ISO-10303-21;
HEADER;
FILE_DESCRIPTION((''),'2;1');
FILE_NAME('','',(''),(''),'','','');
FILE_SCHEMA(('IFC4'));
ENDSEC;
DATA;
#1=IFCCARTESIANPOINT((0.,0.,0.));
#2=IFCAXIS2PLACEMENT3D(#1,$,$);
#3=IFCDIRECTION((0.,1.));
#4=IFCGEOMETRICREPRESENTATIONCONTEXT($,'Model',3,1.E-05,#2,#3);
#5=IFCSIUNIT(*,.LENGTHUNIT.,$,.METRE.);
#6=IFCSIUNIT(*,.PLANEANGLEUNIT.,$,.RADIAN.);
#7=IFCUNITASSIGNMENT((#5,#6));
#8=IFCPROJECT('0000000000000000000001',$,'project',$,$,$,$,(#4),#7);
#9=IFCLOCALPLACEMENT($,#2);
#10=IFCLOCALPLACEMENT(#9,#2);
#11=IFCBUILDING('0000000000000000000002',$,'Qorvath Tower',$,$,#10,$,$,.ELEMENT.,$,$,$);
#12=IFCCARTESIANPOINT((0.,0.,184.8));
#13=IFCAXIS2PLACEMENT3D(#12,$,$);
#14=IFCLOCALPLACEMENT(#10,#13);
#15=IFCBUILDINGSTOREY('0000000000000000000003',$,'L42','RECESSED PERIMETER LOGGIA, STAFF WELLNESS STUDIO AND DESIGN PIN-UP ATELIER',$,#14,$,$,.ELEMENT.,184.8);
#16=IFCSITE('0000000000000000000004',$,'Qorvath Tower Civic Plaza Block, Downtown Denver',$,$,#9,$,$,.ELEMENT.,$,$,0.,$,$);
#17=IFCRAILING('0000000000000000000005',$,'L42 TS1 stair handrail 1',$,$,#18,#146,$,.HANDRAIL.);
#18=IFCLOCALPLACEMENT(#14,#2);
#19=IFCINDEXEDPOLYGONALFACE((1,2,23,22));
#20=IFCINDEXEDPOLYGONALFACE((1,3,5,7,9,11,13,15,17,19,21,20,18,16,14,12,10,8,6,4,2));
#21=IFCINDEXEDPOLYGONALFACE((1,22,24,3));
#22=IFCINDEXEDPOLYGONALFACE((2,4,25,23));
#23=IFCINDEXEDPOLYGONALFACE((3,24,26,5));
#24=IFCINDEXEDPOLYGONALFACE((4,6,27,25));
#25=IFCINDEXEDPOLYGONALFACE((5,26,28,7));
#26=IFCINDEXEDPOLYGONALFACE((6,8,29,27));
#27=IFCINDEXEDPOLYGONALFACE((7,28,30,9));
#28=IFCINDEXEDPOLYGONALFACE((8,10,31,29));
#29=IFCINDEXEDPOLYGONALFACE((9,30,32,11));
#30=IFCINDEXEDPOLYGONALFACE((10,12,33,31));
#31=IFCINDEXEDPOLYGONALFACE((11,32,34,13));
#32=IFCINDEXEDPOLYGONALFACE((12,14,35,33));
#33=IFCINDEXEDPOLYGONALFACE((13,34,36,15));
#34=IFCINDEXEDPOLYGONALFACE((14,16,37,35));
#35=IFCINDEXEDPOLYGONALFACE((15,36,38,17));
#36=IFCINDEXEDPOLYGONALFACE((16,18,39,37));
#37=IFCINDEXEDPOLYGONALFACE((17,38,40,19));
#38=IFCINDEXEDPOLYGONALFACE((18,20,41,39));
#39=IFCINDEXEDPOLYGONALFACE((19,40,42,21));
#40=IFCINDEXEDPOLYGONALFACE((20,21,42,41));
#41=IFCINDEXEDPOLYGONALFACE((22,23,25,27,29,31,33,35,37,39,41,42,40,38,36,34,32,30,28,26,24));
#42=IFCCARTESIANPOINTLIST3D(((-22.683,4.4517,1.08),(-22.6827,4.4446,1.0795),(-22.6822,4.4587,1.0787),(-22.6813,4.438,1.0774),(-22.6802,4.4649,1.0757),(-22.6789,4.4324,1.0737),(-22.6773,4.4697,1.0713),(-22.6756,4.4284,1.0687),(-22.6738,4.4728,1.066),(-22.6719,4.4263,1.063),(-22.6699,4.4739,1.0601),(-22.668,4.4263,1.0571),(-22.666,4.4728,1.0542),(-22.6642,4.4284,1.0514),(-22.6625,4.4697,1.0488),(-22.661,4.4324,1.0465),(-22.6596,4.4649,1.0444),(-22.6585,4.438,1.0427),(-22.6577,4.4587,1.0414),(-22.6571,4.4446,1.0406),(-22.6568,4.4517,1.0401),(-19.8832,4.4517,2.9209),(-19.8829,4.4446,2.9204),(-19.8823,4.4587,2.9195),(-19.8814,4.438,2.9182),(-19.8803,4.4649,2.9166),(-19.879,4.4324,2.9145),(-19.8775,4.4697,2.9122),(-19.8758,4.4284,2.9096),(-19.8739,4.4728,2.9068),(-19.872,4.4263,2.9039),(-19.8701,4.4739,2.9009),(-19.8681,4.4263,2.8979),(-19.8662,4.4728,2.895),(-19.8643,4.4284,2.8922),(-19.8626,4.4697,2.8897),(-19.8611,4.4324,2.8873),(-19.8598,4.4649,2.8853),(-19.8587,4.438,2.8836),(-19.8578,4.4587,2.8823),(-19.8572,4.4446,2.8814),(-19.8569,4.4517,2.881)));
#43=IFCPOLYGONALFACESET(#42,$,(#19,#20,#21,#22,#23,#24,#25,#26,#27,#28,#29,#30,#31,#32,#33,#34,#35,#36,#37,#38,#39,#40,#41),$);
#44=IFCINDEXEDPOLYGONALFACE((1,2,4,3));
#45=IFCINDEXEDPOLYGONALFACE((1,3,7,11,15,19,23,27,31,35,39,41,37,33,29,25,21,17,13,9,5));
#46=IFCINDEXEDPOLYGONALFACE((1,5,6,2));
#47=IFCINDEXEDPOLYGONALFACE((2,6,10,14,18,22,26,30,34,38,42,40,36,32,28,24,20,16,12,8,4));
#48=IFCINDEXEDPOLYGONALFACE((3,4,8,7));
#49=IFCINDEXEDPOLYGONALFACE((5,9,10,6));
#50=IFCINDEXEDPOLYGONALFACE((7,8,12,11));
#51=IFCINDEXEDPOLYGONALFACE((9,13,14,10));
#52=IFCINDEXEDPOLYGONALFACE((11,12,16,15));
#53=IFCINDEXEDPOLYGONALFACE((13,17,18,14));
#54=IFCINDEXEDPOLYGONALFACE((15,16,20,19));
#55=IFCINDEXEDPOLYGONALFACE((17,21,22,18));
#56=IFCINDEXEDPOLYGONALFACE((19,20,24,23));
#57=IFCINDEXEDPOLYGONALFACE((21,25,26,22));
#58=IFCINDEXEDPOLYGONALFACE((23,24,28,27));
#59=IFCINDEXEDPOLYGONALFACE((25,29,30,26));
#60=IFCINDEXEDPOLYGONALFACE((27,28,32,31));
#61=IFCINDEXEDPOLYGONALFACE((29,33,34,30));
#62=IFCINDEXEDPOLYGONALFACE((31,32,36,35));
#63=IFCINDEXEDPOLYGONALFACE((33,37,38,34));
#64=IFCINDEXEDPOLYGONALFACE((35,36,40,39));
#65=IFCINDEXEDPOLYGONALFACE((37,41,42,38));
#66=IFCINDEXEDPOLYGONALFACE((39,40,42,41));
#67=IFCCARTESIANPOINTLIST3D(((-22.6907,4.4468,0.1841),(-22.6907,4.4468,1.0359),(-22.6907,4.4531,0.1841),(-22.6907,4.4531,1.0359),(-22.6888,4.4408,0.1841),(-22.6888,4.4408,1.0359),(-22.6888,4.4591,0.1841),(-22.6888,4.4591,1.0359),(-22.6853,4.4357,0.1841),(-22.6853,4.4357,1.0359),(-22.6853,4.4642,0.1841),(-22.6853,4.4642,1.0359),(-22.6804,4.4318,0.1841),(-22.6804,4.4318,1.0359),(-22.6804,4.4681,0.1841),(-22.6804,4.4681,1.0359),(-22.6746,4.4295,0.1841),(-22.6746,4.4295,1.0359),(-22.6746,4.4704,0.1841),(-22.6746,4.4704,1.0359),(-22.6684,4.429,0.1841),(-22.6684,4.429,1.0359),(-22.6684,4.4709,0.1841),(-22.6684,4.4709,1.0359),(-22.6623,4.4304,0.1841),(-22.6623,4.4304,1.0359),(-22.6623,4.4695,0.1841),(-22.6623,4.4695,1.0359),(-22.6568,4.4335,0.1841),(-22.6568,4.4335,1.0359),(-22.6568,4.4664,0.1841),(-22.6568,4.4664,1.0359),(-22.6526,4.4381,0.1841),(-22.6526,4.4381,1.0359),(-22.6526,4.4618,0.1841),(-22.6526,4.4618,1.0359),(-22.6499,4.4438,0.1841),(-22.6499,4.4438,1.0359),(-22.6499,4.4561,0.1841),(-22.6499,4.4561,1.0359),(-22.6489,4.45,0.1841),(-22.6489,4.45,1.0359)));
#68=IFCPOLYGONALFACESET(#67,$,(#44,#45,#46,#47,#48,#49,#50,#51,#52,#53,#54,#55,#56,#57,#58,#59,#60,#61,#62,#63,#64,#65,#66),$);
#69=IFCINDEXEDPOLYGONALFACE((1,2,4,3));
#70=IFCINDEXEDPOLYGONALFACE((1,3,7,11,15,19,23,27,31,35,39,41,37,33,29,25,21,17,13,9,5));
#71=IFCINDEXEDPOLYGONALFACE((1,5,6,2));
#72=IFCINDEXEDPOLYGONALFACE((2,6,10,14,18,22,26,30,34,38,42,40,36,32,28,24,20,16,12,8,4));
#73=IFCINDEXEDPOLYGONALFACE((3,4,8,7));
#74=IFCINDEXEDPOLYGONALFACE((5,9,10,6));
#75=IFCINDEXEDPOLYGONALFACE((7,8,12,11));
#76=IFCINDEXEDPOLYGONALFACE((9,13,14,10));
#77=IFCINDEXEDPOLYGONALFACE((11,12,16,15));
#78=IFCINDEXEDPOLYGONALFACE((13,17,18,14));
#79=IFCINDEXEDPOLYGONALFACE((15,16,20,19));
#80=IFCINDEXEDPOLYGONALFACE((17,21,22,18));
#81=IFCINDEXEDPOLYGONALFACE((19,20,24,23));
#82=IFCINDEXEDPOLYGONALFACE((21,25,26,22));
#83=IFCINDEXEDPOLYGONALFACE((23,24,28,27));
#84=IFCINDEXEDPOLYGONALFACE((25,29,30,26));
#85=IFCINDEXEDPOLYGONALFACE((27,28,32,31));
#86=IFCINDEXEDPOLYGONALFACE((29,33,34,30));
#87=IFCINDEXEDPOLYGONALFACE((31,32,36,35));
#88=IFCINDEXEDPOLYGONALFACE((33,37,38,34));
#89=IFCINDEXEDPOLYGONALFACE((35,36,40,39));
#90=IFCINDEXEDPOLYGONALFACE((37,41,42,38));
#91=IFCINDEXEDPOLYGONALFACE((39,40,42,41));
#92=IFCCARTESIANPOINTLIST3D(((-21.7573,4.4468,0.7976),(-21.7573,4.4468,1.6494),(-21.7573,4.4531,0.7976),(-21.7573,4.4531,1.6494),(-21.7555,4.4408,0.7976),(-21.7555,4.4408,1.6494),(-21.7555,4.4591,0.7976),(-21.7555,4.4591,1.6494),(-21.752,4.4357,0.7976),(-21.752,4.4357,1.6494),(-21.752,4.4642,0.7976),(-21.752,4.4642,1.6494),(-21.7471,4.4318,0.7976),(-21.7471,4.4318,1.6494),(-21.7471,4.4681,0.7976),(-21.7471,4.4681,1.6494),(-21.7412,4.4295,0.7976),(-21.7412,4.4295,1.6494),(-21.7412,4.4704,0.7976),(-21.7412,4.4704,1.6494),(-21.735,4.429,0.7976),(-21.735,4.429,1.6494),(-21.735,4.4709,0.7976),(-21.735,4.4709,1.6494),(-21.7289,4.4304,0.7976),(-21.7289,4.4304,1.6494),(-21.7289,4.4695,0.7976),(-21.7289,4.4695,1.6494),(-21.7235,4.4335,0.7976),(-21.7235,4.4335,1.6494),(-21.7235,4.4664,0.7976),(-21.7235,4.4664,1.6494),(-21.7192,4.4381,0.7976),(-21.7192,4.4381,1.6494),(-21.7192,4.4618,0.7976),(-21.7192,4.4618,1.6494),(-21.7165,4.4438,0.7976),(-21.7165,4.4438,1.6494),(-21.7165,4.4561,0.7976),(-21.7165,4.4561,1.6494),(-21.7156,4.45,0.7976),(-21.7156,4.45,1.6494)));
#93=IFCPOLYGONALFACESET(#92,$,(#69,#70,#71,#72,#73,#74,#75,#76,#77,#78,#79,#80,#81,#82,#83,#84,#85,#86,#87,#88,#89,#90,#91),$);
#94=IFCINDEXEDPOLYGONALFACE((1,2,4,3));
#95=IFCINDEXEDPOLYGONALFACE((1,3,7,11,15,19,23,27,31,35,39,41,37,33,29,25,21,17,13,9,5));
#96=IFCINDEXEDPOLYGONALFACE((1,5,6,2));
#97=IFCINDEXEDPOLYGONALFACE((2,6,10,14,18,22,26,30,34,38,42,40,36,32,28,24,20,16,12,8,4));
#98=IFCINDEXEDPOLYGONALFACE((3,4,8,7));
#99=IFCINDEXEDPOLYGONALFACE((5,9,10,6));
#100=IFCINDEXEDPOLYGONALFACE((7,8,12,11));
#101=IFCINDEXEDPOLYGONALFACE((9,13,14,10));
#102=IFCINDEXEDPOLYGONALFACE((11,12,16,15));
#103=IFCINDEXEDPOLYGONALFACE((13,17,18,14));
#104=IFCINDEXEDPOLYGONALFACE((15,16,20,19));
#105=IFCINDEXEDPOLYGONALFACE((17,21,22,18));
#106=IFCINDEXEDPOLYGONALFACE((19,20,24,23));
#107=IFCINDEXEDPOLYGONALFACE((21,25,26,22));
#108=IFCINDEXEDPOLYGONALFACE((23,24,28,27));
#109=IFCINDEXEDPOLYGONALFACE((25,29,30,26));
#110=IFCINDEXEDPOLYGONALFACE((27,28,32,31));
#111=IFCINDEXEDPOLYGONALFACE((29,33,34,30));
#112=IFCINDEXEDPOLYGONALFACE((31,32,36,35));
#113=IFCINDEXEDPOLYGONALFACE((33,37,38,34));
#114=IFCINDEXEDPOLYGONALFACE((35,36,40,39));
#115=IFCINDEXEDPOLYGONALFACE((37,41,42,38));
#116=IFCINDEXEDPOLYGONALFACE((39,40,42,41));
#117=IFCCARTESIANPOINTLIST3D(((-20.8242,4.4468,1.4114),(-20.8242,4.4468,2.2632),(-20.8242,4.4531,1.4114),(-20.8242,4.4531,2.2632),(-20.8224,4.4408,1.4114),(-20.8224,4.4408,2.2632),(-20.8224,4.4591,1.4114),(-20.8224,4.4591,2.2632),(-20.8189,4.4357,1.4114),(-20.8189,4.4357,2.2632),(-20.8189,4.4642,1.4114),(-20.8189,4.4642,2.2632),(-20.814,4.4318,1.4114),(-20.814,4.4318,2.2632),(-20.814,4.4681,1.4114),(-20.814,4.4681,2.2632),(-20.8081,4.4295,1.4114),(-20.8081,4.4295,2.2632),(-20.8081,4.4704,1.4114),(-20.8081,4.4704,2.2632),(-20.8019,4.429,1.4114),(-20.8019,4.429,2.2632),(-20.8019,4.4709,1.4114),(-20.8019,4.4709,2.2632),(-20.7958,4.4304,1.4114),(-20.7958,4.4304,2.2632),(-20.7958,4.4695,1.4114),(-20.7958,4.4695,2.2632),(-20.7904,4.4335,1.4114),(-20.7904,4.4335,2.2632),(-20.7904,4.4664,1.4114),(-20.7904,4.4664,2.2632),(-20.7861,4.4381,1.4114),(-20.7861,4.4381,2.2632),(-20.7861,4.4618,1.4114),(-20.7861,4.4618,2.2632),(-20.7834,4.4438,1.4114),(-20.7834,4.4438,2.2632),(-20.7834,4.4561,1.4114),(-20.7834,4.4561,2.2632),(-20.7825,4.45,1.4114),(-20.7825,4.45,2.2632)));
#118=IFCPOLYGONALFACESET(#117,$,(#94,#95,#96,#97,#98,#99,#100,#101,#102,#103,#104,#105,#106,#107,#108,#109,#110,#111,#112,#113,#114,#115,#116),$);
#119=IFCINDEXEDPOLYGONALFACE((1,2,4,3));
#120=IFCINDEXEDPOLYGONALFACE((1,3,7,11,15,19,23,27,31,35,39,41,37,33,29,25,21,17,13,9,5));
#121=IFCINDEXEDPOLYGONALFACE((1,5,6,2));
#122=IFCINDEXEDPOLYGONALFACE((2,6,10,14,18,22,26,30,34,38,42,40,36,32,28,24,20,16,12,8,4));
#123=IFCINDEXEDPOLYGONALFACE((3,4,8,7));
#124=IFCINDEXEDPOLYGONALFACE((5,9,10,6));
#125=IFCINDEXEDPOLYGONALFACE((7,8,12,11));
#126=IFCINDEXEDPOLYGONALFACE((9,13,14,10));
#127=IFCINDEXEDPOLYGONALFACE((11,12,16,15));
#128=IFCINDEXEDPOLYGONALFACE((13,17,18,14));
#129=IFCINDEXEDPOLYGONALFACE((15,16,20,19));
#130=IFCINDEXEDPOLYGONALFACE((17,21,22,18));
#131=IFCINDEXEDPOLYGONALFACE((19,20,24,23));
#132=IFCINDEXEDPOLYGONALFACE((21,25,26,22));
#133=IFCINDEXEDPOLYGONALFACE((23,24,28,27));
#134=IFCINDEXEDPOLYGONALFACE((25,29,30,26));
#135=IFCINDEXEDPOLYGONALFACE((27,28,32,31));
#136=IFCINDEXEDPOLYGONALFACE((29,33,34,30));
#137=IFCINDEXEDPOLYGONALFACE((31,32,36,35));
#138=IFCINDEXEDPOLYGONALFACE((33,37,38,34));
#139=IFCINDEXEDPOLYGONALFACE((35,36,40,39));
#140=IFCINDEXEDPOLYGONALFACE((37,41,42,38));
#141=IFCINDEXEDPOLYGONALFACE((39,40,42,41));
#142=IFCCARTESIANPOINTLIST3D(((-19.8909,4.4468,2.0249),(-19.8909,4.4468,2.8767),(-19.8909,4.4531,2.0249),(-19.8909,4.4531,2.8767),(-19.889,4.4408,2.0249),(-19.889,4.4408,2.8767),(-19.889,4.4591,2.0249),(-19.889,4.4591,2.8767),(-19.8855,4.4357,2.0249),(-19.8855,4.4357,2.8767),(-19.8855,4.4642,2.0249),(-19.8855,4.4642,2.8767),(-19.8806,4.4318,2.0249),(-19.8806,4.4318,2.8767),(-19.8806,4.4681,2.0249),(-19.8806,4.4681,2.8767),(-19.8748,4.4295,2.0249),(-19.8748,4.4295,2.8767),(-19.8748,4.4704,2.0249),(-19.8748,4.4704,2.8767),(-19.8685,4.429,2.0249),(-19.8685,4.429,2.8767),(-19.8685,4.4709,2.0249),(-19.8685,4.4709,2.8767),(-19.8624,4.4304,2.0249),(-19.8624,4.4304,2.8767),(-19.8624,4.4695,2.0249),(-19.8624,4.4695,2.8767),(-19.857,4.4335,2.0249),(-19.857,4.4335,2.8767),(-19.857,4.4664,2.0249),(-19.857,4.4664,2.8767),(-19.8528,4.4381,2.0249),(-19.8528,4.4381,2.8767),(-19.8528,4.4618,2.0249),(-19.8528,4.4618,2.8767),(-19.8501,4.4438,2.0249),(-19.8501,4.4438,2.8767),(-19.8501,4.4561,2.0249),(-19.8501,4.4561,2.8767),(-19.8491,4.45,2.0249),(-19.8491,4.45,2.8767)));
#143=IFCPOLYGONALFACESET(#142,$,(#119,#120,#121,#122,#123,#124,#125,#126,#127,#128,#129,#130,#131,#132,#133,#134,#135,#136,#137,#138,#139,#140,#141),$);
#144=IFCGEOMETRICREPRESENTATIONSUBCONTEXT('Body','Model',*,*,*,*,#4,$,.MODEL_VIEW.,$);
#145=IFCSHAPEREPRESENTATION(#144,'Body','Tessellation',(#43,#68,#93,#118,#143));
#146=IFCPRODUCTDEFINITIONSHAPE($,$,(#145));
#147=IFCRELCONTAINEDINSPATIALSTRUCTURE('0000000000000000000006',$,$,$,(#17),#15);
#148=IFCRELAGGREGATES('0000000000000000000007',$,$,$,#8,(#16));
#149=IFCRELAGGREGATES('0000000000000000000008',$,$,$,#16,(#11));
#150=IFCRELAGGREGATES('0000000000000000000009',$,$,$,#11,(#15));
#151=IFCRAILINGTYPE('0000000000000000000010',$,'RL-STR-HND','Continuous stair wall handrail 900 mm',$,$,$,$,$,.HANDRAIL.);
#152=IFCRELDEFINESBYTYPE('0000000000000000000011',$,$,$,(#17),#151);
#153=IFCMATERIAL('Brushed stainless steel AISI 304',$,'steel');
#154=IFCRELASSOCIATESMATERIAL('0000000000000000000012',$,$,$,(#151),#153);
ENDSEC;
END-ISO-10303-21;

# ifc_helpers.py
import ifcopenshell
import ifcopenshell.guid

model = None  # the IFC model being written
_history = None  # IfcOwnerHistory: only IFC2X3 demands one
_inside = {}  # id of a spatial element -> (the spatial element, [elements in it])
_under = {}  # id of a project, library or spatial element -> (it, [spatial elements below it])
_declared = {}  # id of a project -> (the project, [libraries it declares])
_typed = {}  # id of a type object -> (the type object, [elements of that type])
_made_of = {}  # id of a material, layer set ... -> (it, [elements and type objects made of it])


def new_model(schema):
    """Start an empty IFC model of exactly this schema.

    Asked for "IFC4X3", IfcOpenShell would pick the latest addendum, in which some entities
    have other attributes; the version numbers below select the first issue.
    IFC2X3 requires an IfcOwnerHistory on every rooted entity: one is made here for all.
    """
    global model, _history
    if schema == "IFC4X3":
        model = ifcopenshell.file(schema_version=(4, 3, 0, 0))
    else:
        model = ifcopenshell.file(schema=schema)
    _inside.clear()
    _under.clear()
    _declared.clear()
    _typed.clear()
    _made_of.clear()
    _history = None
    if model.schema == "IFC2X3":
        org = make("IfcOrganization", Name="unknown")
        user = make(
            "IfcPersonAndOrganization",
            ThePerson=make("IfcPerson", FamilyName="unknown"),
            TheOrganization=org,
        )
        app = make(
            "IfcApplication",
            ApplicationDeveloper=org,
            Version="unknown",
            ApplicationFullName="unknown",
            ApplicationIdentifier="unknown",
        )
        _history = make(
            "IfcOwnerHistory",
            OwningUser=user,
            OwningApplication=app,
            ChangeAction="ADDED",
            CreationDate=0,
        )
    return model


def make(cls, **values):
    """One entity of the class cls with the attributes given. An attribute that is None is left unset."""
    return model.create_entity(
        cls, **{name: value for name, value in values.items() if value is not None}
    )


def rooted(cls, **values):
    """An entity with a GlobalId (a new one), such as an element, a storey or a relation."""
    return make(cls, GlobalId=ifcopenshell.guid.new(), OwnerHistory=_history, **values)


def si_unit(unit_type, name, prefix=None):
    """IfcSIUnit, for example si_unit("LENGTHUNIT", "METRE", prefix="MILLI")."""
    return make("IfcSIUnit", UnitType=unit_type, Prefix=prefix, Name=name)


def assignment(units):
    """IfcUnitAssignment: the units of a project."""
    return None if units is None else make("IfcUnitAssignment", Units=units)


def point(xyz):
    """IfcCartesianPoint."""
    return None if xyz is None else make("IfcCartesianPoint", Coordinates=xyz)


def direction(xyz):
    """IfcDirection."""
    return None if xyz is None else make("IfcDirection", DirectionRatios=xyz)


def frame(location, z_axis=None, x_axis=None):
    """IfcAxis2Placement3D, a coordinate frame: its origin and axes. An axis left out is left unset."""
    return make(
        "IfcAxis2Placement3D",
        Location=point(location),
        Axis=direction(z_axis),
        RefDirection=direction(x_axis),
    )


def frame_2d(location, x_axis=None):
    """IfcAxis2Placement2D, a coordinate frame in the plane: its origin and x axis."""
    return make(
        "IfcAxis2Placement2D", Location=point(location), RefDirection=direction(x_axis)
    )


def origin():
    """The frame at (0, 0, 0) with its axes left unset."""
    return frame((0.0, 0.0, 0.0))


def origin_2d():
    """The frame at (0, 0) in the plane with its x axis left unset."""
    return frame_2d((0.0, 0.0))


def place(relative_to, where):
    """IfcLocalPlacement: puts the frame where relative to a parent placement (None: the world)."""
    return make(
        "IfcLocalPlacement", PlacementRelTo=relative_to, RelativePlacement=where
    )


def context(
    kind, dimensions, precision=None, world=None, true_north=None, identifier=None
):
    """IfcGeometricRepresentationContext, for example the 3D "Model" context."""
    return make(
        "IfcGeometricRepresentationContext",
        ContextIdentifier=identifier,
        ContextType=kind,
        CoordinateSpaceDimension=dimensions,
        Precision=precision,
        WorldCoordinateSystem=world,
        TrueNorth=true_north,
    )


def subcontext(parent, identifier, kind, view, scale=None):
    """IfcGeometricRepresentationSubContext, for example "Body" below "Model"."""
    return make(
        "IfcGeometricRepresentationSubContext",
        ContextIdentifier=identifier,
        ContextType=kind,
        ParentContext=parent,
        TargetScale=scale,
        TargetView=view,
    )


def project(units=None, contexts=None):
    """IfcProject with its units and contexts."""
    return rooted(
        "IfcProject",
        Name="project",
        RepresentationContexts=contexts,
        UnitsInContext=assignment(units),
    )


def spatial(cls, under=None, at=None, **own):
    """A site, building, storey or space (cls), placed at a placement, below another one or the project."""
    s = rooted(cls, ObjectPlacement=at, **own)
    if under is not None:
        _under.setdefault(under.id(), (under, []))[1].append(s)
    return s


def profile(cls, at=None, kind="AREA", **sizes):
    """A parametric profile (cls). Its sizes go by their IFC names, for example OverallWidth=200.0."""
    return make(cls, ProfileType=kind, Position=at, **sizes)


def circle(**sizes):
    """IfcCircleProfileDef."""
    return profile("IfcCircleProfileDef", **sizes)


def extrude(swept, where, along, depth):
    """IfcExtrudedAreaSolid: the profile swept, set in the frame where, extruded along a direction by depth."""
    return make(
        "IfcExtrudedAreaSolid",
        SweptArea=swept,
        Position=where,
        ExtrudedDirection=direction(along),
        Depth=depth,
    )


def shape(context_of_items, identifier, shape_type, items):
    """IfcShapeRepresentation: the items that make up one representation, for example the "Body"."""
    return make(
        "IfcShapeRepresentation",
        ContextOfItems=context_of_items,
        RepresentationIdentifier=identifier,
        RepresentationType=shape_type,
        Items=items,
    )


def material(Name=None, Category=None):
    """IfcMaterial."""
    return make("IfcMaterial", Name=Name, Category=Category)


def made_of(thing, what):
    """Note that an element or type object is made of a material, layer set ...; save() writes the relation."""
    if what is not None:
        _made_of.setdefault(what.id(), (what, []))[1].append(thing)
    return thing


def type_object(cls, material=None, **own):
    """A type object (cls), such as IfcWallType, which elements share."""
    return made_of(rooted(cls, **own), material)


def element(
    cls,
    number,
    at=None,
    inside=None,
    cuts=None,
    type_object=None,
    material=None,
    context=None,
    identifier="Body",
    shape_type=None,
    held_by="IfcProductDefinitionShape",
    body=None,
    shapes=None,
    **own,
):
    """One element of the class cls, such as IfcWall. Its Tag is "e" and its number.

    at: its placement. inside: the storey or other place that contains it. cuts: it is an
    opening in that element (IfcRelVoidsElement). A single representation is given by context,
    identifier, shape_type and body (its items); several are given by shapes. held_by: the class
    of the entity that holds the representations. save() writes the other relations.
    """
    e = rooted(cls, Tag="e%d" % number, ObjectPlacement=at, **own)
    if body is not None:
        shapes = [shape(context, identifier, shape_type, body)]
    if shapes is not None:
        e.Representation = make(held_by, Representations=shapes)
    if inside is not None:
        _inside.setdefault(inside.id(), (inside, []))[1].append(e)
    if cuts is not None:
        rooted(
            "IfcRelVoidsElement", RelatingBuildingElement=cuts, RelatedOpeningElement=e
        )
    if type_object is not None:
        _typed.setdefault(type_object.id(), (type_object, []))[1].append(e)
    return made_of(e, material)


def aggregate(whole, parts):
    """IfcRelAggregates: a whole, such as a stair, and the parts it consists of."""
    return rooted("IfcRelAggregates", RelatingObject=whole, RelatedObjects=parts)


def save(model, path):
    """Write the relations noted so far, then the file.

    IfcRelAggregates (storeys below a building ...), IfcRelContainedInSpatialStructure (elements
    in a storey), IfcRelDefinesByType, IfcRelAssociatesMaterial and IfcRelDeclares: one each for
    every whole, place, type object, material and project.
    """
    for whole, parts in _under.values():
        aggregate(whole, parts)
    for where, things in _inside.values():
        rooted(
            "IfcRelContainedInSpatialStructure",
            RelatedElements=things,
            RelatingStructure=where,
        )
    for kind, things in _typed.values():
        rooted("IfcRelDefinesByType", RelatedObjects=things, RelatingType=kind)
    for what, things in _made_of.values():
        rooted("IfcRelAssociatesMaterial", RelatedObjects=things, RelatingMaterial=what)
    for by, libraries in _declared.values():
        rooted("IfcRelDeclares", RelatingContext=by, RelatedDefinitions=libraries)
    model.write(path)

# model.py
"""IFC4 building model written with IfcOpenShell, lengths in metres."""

from ifc_helpers import new_model, si_unit, direction, frame, origin, origin_2d, place, context, subcontext, project, spatial, circle, extrude, material, type_object, element, save


model = new_model("IFC4")

# Units and contexts
model_context = context("Model", 3, precision=1e-05, world=origin(), true_north=direction((0.0, 1.0)))
body_context = subcontext(model_context, "Body", "Model", "MODEL_VIEW")
ifc_project = project(units=[si_unit("LENGTHUNIT", "METRE"), si_unit("PLANEANGLEUNIT", "RADIAN")], contexts=[model_context])

# Site, building, storey
site_placement = place(None, origin())
site = spatial("IfcSite", under=ifc_project, at=site_placement, Name="Qorvath Tower Civic Plaza Block, Downtown Denver", CompositionType="ELEMENT", RefElevation=0.0)
building_placement = place(site_placement, origin())
building = spatial("IfcBuilding", under=site, at=building_placement, Name="Qorvath Tower", CompositionType="ELEMENT")
storey_placement = place(building_placement, frame((0.0, 0.0, 184.8)))
storey = spatial("IfcBuildingStorey", under=building, at=storey_placement, Name="L42", Description="RECESSED PERIMETER LOGGIA, STAFF WELLNESS STUDIO AND DESIGN PIN-UP ATELIER", CompositionType="ELEMENT", Elevation=184.8)

# Railing
ifc_material_1 = material(Name="Brushed stainless steel AISI 304", Category="steel")
railing_type_1 = type_object("IfcRailingType", Name="RL-STR-HND", Description="Continuous stair wall handrail 900 mm", PredefinedType="HANDRAIL", material=ifc_material_1)
railing_1_placement = place(storey_placement, frame((-22.6699, 4.45, 0.1841)))
element("IfcRailing", 1, at=railing_1_placement, inside=storey, type_object=railing_type_1, Name="L42 TS1 stair handrail 1", PredefinedType="HANDRAIL", context=body_context, shape_type="SweptSolid", body=[
    extrude(circle(Radius=0.0239, at=origin_2d()), frame((0.0, 0.0, 0.876), z_axis=(0.835576, 0.0, 0.549376), x_axis=(0.0, 1.0, 0.0)), (0.0, 0.0, 1.0), 3.3508),
    extrude(circle(Radius=0.021, at=origin_2d()), origin(), (0.0, 0.0, 1.0), 0.8518),
    extrude(circle(Radius=0.021, at=origin_2d()), frame((0.9333, 0.0, 0.6135)), (0.0, 0.0, 1.0), 0.8518),
    extrude(circle(Radius=0.021, at=origin_2d()), frame((1.8665, 0.0, 1.2273)), (0.0, 0.0, 1.0), 0.8518),
    extrude(circle(Radius=0.021, at=origin_2d()), frame((2.7998, 0.0, 1.8408)), (0.0, 0.0, 1.0), 0.8518),
])

save(model, "model.ifc")
